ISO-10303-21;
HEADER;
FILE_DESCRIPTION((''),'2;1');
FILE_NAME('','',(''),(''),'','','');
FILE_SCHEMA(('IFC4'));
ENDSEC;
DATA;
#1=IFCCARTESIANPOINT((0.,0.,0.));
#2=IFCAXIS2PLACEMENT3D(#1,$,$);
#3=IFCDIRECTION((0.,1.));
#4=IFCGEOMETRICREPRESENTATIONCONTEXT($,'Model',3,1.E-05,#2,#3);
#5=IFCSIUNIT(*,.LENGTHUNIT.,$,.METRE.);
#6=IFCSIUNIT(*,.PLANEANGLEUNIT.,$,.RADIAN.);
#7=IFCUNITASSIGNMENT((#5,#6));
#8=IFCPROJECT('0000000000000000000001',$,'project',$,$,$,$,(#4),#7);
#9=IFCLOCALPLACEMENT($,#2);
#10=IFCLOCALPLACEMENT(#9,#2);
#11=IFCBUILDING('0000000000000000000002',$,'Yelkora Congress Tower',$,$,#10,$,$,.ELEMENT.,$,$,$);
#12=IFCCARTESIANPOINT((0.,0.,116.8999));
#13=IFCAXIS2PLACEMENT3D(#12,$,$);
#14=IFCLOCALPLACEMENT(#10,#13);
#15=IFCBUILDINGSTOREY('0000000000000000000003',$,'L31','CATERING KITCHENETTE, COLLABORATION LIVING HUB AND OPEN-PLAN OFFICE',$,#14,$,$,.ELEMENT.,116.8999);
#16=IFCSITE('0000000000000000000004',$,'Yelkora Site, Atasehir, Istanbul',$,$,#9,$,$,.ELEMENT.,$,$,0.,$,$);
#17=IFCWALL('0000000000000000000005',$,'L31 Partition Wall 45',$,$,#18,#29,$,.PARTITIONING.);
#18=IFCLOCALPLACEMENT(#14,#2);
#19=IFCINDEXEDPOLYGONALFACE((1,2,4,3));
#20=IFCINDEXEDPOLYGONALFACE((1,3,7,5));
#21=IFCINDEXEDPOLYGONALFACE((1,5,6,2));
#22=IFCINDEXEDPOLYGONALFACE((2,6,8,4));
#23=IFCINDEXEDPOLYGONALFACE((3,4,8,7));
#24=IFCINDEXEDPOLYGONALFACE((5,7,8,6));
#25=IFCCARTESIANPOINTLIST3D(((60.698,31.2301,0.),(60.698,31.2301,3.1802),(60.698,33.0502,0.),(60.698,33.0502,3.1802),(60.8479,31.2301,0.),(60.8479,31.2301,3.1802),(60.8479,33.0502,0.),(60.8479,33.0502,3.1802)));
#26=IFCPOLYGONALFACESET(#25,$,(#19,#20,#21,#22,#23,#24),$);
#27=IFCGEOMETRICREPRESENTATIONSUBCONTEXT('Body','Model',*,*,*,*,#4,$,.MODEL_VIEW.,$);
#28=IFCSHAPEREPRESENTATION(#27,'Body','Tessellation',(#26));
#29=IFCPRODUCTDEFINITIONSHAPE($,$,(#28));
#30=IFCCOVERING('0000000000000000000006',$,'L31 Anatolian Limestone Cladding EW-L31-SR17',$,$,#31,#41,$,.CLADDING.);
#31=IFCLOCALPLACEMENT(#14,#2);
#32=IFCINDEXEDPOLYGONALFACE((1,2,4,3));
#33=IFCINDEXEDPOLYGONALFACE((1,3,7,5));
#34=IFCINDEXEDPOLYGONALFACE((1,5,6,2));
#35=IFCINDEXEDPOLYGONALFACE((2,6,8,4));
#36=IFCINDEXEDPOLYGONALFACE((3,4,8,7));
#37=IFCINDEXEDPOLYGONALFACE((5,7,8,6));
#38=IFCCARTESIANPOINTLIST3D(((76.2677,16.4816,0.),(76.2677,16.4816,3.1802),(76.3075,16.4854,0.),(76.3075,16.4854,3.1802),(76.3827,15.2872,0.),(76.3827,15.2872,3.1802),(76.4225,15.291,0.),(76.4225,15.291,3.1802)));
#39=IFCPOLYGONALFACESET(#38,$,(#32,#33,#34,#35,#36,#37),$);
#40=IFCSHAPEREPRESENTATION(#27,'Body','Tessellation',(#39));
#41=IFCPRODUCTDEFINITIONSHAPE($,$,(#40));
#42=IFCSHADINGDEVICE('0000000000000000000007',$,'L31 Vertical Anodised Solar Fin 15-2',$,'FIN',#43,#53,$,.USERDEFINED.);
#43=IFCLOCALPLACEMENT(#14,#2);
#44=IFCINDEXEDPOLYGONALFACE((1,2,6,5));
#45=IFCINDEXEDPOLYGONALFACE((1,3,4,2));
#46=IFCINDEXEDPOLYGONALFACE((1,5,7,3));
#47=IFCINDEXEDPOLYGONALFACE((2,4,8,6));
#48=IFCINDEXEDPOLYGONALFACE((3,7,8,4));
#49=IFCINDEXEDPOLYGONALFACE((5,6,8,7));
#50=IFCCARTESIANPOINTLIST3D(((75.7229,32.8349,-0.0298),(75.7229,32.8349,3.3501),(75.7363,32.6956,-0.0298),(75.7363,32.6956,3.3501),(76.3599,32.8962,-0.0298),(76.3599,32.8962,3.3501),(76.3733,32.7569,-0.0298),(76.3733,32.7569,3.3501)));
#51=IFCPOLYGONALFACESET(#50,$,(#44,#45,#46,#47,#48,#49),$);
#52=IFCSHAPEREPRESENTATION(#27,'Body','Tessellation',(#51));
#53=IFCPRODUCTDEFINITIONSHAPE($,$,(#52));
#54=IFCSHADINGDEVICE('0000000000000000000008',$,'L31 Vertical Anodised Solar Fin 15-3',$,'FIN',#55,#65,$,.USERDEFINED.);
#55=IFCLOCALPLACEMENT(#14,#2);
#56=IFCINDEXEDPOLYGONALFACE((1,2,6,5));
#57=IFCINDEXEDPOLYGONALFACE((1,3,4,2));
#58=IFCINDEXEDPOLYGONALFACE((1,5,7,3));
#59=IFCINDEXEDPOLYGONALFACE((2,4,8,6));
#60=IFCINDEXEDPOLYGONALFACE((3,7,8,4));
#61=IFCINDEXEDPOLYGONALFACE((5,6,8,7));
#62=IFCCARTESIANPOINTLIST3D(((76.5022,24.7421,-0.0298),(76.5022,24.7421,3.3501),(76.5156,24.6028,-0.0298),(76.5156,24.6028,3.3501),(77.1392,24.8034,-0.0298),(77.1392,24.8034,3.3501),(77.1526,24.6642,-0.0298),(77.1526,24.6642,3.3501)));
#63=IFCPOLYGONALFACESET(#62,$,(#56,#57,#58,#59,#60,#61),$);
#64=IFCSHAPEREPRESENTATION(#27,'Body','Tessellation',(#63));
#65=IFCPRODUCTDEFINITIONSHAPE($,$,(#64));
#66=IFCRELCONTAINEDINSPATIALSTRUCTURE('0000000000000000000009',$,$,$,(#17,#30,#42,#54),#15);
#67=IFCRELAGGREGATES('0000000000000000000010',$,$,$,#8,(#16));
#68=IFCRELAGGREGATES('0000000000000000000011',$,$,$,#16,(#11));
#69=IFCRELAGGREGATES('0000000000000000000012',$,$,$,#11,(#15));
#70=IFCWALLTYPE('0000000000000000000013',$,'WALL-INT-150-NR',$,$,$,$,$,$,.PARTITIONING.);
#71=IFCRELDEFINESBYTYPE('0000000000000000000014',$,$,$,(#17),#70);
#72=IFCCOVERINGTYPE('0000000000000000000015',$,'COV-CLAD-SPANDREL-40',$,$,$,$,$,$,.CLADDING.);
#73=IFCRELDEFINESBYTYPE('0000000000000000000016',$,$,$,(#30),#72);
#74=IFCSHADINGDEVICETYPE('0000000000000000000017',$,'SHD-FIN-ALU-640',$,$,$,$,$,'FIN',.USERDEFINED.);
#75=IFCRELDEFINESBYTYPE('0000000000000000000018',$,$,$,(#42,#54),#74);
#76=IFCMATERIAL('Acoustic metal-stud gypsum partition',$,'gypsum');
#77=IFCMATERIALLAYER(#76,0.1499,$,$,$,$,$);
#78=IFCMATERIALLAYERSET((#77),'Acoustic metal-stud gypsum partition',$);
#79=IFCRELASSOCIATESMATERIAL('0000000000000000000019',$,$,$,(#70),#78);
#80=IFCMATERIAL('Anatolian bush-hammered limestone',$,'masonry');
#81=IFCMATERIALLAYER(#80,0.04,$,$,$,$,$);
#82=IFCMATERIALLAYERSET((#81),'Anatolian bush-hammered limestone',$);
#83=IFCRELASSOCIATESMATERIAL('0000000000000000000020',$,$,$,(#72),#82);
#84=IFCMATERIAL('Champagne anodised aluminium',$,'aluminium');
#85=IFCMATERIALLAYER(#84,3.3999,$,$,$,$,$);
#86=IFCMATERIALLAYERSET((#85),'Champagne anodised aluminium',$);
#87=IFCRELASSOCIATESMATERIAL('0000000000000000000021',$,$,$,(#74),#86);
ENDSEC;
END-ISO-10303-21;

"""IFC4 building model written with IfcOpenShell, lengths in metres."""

from ifc_helpers import new_model, si_unit, direction, frame, frame_2d, origin, origin_2d, place, context, subcontext, project, spatial, rectangle, extrude, material, layer, layer_set, type_object, element, save


model = new_model("IFC4")

# Units and contexts
model_context = context("Model", 3, precision=1e-05, world=origin(), true_north=direction((0.0, 1.0)))
body_context = subcontext(model_context, "Body", "Model", "MODEL_VIEW")
ifc_project = project(units=[si_unit("LENGTHUNIT", "METRE"), si_unit("PLANEANGLEUNIT", "RADIAN")], contexts=[model_context])

# Site, building, storey
site_placement = place(None, origin())
site = spatial("IfcSite", under=ifc_project, at=site_placement, Name="Yelkora Site, Atasehir, Istanbul", CompositionType="ELEMENT", RefElevation=0.0)
building_placement = place(site_placement, origin())
building = spatial("IfcBuilding", under=site, at=building_placement, Name="Yelkora Congress Tower", CompositionType="ELEMENT")
storey_placement = place(building_placement, frame((0.0, 0.0, 116.8999)))
storey = spatial("IfcBuildingStorey", under=building, at=storey_placement, Name="L31", Description="CATERING KITCHENETTE, COLLABORATION LIVING HUB AND OPEN-PLAN OFFICE", CompositionType="ELEMENT", Elevation=116.8999)

# Shared definitions
ifc_material_1 = material(Name="Acoustic metal-stud gypsum partition", Category="gypsum")
ifc_layer_1 = layer(ifc_material_1, 0.1499)
ifc_layer_set_1 = layer_set([ifc_layer_1], Name="Acoustic metal-stud gypsum partition")
wall_type_1 = type_object("IfcWallType", Name="WALL-INT-150-NR", PredefinedType="PARTITIONING", material=ifc_layer_set_1)

# Wall
wall_1_placement = place(storey_placement, frame((60.7729, 31.23, 0.0), z_axis=(0.0, 0.0, 1.0), x_axis=(0.0, 1.0, 0.0)))
element("IfcWall", 1, at=wall_1_placement, inside=storey, type_object=wall_type_1, Name="L31 Partition Wall 45", PredefinedType="PARTITIONING", context=body_context, shape_type="SweptSolid", body=[
    extrude(rectangle(XDim=1.8201, YDim=0.1499, at=frame_2d((0.9102, 0.0))), origin(), (0.0, 0.0, 1.0), 3.1802),
])

# Covering
ifc_material_2 = material(Name="Anatolian bush-hammered limestone", Category="masonry")
ifc_layer_2 = layer(ifc_material_2, 0.04)
ifc_layer_set_2 = layer_set([ifc_layer_2], Name="Anatolian bush-hammered limestone")
covering_type = type_object("IfcCoveringType", Name="COV-CLAD-SPANDREL-40", PredefinedType="CLADDING", material=ifc_layer_set_2)
covering_placement = place(storey_placement, frame((76.2876, 16.4836, 0.0), z_axis=(0.0, 0.0, 1.0), x_axis=(0.095836, -0.995397, 0.0)))
element("IfcCovering", 2, at=covering_placement, inside=storey, type_object=covering_type, Name="L31 Anatolian Limestone Cladding EW-L31-SR17", PredefinedType="CLADDING", context=body_context, shape_type="SweptSolid", body=[
    extrude(rectangle(XDim=1.2, YDim=0.04, at=frame_2d((0.6001, 0.0))), origin(), (0.0, 0.0, 1.0), 3.1802),
])

# Shading devices
ifc_material_3 = material(Name="Champagne anodised aluminium", Category="aluminium")
ifc_layer_3 = layer(ifc_material_3, 3.3999)
ifc_layer_set_3 = layer_set([ifc_layer_3], Name="Champagne anodised aluminium")
shading_device_type = type_object("IfcShadingDeviceType", Name="SHD-FIN-ALU-640", ElementType="FIN", PredefinedType="USERDEFINED", material=ifc_layer_set_3)
for number, where, z_axis, x_axis, name in (
    (3, (76.0481, 32.7959, -0.0298), (0.0, 0.0, 1.0), (0.095846, -0.995396, 0.0), "L31 Vertical Anodised Solar Fin 15-2"),
    (4, (76.8274, 24.7031, -0.0298), (0.0, 0.0, 1.0), (0.095846, -0.995396, 0.0), "L31 Vertical Anodised Solar Fin 15-3"),
):
    element("IfcShadingDevice", number, at=place(storey_placement, frame(where, z_axis=z_axis, x_axis=x_axis)), inside=storey, type_object=shading_device_type, Name=name, ObjectType="FIN", PredefinedType="USERDEFINED", context=body_context, shape_type="SweptSolid", body=[
        extrude(rectangle(XDim=0.1399, YDim=0.6399, at=origin_2d()), origin(), (0.0, 0.0, 1.0), 3.3799),
    ])

save(model, "model.ifc")
